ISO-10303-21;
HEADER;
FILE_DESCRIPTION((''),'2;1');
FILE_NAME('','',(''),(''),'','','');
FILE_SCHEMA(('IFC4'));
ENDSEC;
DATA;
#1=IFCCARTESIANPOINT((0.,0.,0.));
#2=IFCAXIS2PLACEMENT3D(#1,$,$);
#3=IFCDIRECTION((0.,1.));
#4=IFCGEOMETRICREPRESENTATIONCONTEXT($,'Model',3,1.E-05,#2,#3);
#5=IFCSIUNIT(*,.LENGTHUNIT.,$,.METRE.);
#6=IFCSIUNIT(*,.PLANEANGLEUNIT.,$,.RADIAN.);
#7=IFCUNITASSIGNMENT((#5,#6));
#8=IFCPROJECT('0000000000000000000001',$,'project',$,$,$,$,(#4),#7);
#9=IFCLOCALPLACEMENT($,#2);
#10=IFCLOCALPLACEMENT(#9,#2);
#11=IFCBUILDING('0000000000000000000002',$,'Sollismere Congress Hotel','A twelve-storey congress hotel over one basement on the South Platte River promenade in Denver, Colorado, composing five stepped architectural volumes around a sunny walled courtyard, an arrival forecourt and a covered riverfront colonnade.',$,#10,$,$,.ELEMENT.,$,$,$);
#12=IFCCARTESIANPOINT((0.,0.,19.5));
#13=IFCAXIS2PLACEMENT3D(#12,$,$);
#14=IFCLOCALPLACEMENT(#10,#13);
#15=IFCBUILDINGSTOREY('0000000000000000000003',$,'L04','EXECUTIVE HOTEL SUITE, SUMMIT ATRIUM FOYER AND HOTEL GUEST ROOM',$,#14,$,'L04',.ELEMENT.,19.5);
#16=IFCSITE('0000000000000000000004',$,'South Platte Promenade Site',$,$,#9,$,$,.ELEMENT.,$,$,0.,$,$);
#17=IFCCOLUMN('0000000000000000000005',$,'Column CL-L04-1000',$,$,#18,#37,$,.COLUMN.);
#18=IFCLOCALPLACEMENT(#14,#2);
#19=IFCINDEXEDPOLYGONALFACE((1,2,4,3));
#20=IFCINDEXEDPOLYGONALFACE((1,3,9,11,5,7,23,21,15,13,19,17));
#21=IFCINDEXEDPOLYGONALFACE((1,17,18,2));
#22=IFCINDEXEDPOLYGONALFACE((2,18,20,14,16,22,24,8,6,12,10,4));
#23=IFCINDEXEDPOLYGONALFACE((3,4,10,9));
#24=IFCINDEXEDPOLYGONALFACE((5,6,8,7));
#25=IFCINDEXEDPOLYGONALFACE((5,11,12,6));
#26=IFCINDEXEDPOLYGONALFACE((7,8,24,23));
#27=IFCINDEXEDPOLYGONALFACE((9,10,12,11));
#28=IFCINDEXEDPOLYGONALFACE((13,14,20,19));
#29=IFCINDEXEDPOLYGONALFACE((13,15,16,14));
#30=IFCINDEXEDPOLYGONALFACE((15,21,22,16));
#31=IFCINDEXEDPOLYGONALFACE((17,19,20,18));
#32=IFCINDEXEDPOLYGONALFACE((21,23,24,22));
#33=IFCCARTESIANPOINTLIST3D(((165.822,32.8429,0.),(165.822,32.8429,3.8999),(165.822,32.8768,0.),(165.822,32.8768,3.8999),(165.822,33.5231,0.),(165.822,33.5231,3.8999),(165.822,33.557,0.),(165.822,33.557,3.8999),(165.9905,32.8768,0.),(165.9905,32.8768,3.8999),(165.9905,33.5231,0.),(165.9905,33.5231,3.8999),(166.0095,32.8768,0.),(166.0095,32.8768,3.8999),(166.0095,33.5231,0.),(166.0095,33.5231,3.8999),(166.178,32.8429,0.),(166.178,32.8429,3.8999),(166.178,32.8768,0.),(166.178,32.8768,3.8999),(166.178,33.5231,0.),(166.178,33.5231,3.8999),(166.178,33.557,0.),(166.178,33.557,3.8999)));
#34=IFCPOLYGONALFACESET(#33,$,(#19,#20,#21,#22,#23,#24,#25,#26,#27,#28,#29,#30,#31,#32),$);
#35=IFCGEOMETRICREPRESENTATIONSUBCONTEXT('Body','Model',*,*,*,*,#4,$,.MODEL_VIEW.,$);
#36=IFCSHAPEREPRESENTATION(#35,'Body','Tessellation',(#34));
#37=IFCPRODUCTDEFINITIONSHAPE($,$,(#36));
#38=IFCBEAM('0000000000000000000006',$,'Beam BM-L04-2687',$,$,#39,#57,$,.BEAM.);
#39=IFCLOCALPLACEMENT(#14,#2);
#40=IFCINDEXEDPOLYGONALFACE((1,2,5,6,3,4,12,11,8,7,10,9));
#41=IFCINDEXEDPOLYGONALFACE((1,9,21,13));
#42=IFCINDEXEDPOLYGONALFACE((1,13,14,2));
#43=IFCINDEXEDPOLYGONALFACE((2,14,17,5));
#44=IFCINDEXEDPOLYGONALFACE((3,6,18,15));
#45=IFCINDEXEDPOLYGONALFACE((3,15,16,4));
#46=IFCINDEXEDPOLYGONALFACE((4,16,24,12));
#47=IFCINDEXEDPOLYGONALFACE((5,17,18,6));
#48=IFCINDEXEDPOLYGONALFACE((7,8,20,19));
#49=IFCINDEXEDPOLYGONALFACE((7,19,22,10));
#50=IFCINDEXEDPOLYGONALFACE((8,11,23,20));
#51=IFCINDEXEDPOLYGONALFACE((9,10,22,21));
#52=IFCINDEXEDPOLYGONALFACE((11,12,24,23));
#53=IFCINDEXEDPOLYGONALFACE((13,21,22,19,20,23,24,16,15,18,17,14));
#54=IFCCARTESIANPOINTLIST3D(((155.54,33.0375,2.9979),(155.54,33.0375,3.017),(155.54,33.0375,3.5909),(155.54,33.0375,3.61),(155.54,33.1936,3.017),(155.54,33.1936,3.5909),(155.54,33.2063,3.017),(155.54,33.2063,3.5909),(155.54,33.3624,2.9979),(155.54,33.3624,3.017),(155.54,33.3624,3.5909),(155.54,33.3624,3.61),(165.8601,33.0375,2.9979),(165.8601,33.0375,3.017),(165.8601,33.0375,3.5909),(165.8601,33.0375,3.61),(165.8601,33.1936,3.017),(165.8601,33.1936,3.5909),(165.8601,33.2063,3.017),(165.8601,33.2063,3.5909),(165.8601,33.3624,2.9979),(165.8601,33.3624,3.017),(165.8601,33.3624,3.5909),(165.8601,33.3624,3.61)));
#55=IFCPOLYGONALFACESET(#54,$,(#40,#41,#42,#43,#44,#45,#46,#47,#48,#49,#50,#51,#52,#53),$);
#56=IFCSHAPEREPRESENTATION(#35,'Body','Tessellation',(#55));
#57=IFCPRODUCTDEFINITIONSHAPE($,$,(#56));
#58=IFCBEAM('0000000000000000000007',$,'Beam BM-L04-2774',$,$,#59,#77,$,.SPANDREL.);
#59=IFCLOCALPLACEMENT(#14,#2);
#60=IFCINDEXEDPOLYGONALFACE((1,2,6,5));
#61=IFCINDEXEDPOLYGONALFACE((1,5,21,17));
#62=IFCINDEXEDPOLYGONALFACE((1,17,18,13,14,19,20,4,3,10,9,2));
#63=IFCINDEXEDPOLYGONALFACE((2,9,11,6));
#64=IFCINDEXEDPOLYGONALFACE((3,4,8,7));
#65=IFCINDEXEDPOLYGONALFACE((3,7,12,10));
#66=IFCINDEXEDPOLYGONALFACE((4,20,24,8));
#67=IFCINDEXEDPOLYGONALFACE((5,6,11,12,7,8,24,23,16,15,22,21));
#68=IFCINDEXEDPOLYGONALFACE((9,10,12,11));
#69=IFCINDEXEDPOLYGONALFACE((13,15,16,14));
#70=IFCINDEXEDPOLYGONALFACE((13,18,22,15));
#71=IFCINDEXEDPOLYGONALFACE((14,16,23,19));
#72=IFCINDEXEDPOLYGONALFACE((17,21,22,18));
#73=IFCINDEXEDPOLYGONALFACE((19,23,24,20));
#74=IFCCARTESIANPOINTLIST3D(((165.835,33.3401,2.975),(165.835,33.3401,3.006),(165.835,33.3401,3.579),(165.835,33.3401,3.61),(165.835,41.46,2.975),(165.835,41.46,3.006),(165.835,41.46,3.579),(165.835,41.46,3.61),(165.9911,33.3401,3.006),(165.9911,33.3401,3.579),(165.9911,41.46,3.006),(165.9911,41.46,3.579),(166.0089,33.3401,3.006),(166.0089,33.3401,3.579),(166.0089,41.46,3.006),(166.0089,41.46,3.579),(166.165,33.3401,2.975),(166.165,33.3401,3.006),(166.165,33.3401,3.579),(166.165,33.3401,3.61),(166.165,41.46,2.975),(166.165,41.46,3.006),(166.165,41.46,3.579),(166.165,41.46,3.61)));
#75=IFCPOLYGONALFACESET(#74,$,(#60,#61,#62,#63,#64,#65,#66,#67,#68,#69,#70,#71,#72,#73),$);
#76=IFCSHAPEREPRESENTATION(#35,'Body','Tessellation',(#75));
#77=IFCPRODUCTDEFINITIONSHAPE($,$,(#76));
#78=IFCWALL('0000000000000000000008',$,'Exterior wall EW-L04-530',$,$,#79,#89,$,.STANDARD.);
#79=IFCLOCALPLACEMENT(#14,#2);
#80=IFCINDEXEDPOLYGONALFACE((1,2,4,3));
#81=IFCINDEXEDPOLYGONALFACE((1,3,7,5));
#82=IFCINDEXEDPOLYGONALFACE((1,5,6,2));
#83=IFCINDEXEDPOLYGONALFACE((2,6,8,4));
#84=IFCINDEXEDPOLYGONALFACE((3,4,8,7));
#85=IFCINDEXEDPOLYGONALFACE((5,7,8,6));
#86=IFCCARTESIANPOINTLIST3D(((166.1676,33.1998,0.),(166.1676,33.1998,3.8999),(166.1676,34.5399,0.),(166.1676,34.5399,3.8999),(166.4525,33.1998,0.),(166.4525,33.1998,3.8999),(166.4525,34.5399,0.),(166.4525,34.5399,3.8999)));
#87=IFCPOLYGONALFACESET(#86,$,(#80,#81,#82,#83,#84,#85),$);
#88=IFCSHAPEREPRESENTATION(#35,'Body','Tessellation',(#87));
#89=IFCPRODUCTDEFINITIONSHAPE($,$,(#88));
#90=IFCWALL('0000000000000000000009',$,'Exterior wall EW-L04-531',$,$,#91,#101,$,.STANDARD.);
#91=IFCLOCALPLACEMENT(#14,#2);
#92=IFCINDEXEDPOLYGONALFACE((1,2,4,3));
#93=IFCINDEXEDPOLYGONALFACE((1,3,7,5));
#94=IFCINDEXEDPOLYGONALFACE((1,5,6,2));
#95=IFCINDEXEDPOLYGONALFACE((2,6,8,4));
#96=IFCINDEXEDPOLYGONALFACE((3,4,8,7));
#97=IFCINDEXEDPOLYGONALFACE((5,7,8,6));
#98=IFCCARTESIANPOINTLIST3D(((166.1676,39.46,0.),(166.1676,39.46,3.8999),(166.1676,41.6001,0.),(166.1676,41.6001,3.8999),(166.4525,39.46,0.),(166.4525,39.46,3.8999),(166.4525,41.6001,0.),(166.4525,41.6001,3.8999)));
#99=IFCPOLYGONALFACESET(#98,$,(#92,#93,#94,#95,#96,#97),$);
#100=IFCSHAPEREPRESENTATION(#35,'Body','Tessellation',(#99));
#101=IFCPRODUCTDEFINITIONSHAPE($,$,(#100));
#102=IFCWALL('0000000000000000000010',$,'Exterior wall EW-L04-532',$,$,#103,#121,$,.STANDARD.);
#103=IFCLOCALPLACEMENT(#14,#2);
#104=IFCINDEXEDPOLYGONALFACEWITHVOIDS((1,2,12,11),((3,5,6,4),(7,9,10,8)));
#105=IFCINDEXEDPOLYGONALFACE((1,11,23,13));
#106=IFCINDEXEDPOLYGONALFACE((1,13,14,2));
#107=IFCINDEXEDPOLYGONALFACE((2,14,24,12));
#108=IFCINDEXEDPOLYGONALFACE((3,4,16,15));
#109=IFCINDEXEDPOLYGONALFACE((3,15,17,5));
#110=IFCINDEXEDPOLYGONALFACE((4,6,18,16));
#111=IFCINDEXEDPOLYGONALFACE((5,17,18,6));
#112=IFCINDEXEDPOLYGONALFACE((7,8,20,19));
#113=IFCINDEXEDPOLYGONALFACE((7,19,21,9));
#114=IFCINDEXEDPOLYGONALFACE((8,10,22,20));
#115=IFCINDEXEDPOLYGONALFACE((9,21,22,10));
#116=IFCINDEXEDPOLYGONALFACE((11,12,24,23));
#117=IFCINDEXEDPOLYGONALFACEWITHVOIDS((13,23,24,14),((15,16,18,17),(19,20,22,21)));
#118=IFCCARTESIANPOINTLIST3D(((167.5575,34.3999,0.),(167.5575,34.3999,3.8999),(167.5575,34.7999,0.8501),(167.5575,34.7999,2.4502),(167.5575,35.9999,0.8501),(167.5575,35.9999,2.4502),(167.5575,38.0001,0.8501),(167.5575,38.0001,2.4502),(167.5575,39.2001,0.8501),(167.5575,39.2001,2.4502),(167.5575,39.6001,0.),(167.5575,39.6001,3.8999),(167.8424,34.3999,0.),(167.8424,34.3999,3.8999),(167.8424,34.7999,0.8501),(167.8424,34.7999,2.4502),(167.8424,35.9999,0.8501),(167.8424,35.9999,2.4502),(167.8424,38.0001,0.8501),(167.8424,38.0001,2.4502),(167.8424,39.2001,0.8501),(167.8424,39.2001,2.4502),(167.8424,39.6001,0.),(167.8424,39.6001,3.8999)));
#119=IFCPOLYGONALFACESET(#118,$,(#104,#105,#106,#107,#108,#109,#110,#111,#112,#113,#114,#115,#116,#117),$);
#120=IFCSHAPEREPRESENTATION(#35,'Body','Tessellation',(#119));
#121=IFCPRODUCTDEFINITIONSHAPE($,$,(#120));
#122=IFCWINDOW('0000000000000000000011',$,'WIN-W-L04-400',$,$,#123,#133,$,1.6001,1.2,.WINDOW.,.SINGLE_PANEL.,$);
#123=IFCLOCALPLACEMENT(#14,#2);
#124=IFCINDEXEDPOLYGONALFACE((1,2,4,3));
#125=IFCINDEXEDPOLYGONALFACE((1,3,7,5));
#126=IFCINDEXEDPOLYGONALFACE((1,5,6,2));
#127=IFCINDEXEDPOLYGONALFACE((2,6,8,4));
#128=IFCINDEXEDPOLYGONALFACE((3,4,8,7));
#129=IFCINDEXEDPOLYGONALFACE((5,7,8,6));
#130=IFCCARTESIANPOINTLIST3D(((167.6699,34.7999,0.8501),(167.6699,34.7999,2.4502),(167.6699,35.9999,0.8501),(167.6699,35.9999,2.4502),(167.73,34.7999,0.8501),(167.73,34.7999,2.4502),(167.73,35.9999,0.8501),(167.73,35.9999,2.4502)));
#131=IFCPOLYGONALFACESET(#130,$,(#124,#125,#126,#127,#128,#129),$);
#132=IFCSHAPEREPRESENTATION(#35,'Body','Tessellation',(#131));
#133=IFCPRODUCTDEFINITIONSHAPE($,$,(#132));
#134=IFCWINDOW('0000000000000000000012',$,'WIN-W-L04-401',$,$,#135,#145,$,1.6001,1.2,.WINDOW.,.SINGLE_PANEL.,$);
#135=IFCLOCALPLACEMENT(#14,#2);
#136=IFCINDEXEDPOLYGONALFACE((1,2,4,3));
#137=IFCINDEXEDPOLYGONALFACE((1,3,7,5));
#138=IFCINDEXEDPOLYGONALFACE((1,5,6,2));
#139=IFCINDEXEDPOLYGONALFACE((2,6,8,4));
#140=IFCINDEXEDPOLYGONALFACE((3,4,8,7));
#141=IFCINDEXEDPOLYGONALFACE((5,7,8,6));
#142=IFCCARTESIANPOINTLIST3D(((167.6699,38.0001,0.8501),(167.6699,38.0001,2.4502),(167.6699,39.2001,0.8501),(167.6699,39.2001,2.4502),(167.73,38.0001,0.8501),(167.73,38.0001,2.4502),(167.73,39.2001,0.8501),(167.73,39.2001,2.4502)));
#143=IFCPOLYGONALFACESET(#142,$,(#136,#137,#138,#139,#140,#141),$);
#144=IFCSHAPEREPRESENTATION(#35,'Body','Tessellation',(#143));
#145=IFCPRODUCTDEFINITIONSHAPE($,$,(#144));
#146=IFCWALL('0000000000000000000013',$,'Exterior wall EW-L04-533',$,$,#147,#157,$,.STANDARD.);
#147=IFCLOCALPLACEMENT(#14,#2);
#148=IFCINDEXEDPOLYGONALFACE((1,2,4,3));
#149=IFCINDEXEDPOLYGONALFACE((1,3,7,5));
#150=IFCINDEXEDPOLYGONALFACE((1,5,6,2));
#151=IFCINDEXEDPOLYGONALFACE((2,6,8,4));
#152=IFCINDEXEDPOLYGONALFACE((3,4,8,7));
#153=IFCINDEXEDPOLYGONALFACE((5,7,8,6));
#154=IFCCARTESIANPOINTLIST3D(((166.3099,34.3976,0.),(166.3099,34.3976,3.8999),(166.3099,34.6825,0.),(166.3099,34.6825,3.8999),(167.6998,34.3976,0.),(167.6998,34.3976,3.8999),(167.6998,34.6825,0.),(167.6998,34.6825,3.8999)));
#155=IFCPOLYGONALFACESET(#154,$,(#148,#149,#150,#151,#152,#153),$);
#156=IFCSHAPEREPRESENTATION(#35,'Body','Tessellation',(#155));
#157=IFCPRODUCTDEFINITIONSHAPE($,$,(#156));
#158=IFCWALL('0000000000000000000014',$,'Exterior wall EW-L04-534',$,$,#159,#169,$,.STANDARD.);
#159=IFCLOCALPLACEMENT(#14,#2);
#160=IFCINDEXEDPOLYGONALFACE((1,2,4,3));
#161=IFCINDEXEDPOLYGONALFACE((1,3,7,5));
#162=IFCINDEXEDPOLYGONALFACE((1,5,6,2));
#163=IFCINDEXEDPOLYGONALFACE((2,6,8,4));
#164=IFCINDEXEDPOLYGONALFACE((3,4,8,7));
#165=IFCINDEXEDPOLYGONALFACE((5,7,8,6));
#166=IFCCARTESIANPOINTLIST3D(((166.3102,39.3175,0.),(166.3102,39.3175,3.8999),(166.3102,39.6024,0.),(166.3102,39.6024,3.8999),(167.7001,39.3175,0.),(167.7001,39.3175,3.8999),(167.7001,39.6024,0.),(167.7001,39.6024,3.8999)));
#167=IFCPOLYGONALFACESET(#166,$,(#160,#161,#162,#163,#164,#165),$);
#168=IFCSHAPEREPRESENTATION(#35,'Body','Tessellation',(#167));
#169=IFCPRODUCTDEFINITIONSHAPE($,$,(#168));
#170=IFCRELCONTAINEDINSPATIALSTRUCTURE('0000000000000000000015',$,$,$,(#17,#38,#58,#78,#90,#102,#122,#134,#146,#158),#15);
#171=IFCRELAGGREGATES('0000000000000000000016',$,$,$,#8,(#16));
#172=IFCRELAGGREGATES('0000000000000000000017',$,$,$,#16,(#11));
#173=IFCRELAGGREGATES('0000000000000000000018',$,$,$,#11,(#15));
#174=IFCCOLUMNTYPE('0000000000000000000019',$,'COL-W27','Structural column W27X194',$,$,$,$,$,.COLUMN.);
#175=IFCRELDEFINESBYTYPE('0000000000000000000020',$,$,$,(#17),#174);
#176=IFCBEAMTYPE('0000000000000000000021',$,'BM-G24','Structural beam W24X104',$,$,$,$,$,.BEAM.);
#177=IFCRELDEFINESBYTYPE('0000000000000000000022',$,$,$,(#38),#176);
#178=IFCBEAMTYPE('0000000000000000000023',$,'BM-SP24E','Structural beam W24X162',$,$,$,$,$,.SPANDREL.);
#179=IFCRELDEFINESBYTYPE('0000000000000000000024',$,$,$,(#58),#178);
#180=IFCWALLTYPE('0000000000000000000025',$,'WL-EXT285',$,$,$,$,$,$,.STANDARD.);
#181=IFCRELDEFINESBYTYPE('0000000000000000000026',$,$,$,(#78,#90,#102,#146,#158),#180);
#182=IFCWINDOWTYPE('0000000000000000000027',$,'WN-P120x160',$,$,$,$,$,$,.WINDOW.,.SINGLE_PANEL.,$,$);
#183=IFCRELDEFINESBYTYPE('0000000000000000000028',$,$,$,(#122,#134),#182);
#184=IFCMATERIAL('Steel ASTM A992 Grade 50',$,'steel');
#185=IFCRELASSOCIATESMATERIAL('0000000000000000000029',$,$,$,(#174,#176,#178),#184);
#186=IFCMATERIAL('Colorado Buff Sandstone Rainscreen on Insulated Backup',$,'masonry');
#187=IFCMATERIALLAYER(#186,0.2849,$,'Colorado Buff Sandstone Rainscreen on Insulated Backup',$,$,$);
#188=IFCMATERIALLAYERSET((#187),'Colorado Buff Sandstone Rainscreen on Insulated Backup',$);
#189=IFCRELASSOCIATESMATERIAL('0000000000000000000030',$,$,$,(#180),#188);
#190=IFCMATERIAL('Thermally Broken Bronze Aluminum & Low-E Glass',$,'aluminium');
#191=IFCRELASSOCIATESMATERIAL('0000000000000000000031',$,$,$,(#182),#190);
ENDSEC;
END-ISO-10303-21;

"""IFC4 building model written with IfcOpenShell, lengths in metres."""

from ifc_helpers import new_model, si_unit, direction, frame, frame_2d, origin, origin_2d, place, context, subcontext, project, spatial, rectangle, i_section, extrude, material, layer, layer_set, material_profile, profile_set, type_object, element, fill, save


model = new_model("IFC4")

# Units and contexts
model_context = context("Model", 3, precision=1e-05, world=origin(), true_north=direction((0.0, 1.0)))
body_context = subcontext(model_context, "Body", "Model", "MODEL_VIEW")
ifc_project = project(units=[si_unit("LENGTHUNIT", "METRE"), si_unit("PLANEANGLEUNIT", "RADIAN")], contexts=[model_context])

# Site, building, storey
site_placement = place(None, origin())
site = spatial("IfcSite", under=ifc_project, at=site_placement, Name="South Platte Promenade Site", CompositionType="ELEMENT", RefElevation=0.0)
building_placement = place(site_placement, origin())
building = spatial("IfcBuilding", under=site, at=building_placement, Name="Sollismere Congress Hotel", Description="A twelve-storey congress hotel over one basement on the South Platte River promenade in Denver, Colorado, composing five stepped architectural volumes around a sunny walled courtyard, an arrival forecourt and a covered riverfront colonnade.", CompositionType="ELEMENT")
storey_placement = place(building_placement, frame((0.0, 0.0, 19.5)))
storey = spatial("IfcBuildingStorey", under=building, at=storey_placement, Name="L04", Description="EXECUTIVE HOTEL SUITE, SUMMIT ATRIUM FOYER AND HOTEL GUEST ROOM", LongName="L04", CompositionType="ELEMENT", Elevation=19.5)

# Column
ifc_material_1 = material(Name="Steel ASTM A992 Grade 50", Category="steel")
ifc_material_profile_1 = material_profile(ifc_material_1, i_section(OverallWidth=0.356, OverallDepth=0.7141, WebThickness=0.019, FlangeThickness=0.0339, at=origin_2d()), Name="W27X194")
ifc_profile_set_1 = profile_set([ifc_material_profile_1], Name="Steel ASTM A992 Grade 50")
column_type = type_object("IfcColumnType", Name="COL-W27", Description="Structural column W27X194", PredefinedType="COLUMN", material=ifc_profile_set_1)
column_placement = place(storey_placement, frame((166.0, 33.2, 0.0), z_axis=(0.0, 0.0, 1.0), x_axis=(1.0, 0.0, 0.0)))
element("IfcColumn", 1, at=column_placement, inside=storey, type_object=column_type, Name="Column CL-L04-1000", PredefinedType="COLUMN", context=body_context, shape_type="SweptSolid", body=[
    extrude(i_section(OverallWidth=0.356, OverallDepth=0.7141, WebThickness=0.019, FlangeThickness=0.0339, at=origin_2d()), origin(), (0.0, 0.0, 1.0), 3.8999),
])

# Beams
ifc_material_profile_2 = material_profile(ifc_material_1, i_section(OverallWidth=0.325, OverallDepth=0.6121, WebThickness=0.0127, FlangeThickness=0.019, at=origin_2d()), Name="W24X104")
ifc_profile_set_2 = profile_set([ifc_material_profile_2], Name="Steel ASTM A992 Grade 50")
beam_type_1 = type_object("IfcBeamType", Name="BM-G24", Description="Structural beam W24X104", PredefinedType="BEAM", material=ifc_profile_set_2)
beam_1_placement = place(storey_placement, frame((155.54, 33.2, 3.304), z_axis=(1.0, 0.0, 0.0), x_axis=(0.0, 1.0, 0.0)))
element("IfcBeam", 2, at=beam_1_placement, inside=storey, type_object=beam_type_1, Name="Beam BM-L04-2687", PredefinedType="BEAM", context=body_context, shape_type="SweptSolid", body=[
    extrude(i_section(OverallWidth=0.325, OverallDepth=0.6121, WebThickness=0.0127, FlangeThickness=0.019, at=origin_2d()), origin(), (0.0, 0.0, 1.0), 10.3201),
])
ifc_material_profile_3 = material_profile(ifc_material_1, i_section(OverallWidth=0.3301, OverallDepth=0.635, WebThickness=0.0178, FlangeThickness=0.031, at=origin_2d()), Name="W24X162")
ifc_profile_set_3 = profile_set([ifc_material_profile_3], Name="Steel ASTM A992 Grade 50")
beam_type_2 = type_object("IfcBeamType", Name="BM-SP24E", Description="Structural beam W24X162", PredefinedType="SPANDREL", material=ifc_profile_set_3)
beam_2_placement = place(storey_placement, frame((166.0, 33.3401, 3.2925), z_axis=(0.0, 1.0, 0.0), x_axis=(-1.0, 0.0, 0.0)))
element("IfcBeam", 3, at=beam_2_placement, inside=storey, type_object=beam_type_2, Name="Beam BM-L04-2774", PredefinedType="SPANDREL", context=body_context, shape_type="SweptSolid", body=[
    extrude(i_section(OverallWidth=0.3301, OverallDepth=0.635, WebThickness=0.0178, FlangeThickness=0.031, at=origin_2d()), origin(), (0.0, 0.0, 1.0), 8.1199),
])

# Walls
ifc_material_2 = material(Name="Colorado Buff Sandstone Rainscreen on Insulated Backup", Category="masonry")
ifc_layer_1 = layer(ifc_material_2, 0.2849, Name="Colorado Buff Sandstone Rainscreen on Insulated Backup")
ifc_layer_set_1 = layer_set([ifc_layer_1], Name="Colorado Buff Sandstone Rainscreen on Insulated Backup")
wall_type_1 = type_object("IfcWallType", Name="WL-EXT285", PredefinedType="STANDARD", material=ifc_layer_set_1)
wall_1_placement = place(storey_placement, frame((166.3101, 33.2, 0.0), z_axis=(0.0, 0.0, 1.0), x_axis=(0.0, 1.0, 0.0)))
element("IfcWall", 4, at=wall_1_placement, inside=storey, type_object=wall_type_1, Name="Exterior wall EW-L04-530", PredefinedType="STANDARD", context=body_context, shape_type="SweptSolid", body=[
    extrude(rectangle(XDim=1.3401, YDim=0.2849, at=frame_2d((0.6699, 0.0))), origin(), (0.0, 0.0, 1.0), 3.8999),
])
wall_2_placement = place(storey_placement, frame((166.3101, 39.46, 0.0), z_axis=(0.0, 0.0, 1.0), x_axis=(0.0, 1.0, 0.0)))
element("IfcWall", 5, at=wall_2_placement, inside=storey, type_object=wall_type_1, Name="Exterior wall EW-L04-531", PredefinedType="STANDARD", context=body_context, shape_type="SweptSolid", body=[
    extrude(rectangle(XDim=2.1401, YDim=0.2849, at=frame_2d((1.0701, 0.0))), origin(), (0.0, 0.0, 1.0), 3.8999),
])

# Wall, openings, windows
wall_3_placement = place(storey_placement, frame((167.7, 34.3999, 0.0), z_axis=(0.0, 0.0, 1.0), x_axis=(0.0, 1.0, 0.0)))
wall_3 = element("IfcWall", 6, at=wall_3_placement, inside=storey, type_object=wall_type_1, Name="Exterior wall EW-L04-532", PredefinedType="STANDARD", context=body_context, shape_type="SweptSolid", body=[
    extrude(rectangle(XDim=5.2002, YDim=0.2849, at=frame_2d((2.6001, 0.0))), origin(), (0.0, 0.0, 1.0), 3.8999),
])
opening_1_placement = place(wall_3_placement, frame((0.3999, 0.0, 0.8501)))
opening_1 = element("IfcOpeningElement", 7, at=opening_1_placement, cuts=wall_3, PredefinedType="OPENING", context=body_context, shape_type="SweptSolid", body=[
    extrude(rectangle(XDim=1.2, YDim=1.6001, at=frame_2d((0.6001, 0.8))), frame((0.0, 0.1523, 0.0), z_axis=(0.0, -1.0, 0.0), x_axis=(1.0, 0.0, 0.0)), (0.0, 0.0, 1.0), 0.3049),
])
opening_2_placement = place(wall_3_placement, frame((3.6001, 0.0, 0.8501)))
opening_2 = element("IfcOpeningElement", 8, at=opening_2_placement, cuts=wall_3, PredefinedType="OPENING", context=body_context, shape_type="SweptSolid", body=[
    extrude(rectangle(XDim=1.2, YDim=1.6001, at=frame_2d((0.6001, 0.8))), frame((0.0, 0.1523, 0.0), z_axis=(0.0, -1.0, 0.0), x_axis=(1.0, 0.0, 0.0)), (0.0, 0.0, 1.0), 0.3049),
])
ifc_material_3 = material(Name="Thermally Broken Bronze Aluminum & Low-E Glass", Category="aluminium")
window_type = type_object("IfcWindowType", Name="WN-P120x160", PartitioningType="SINGLE_PANEL", PredefinedType="WINDOW", material=ifc_material_3)
window_1_placement = place(opening_1_placement, origin())
window_1 = element("IfcWindow", 9, at=window_1_placement, inside=storey, type_object=window_type, Name="WIN-W-L04-400", OverallHeight=1.6001, OverallWidth=1.2, PartitioningType="SINGLE_PANEL", PredefinedType="WINDOW", context=body_context, shape_type="SweptSolid", body=[
    extrude(rectangle(XDim=1.2, YDim=1.6001, at=frame_2d((0.6001, 0.8))), frame((0.0, 0.03, 0.0), z_axis=(0.0, -1.0, 0.0), x_axis=(1.0, 0.0, 0.0)), (0.0, 0.0, 1.0), 0.0601),
])
fill(opening_1, window_1)
window_2_placement = place(opening_2_placement, origin())
window_2 = element("IfcWindow", 10, at=window_2_placement, inside=storey, type_object=window_type, Name="WIN-W-L04-401", OverallHeight=1.6001, OverallWidth=1.2, PartitioningType="SINGLE_PANEL", PredefinedType="WINDOW", context=body_context, shape_type="SweptSolid", body=[
    extrude(rectangle(XDim=1.2, YDim=1.6001, at=frame_2d((0.6001, 0.8))), frame((0.0, 0.03, 0.0), z_axis=(0.0, -1.0, 0.0), x_axis=(1.0, 0.0, 0.0)), (0.0, 0.0, 1.0), 0.0601),
])
fill(opening_2, window_2)

# Walls
for number, where, z_axis, x_axis, name in (
    (11, (166.3101, 34.54, 0.0), (0.0, 0.0, 1.0), (1.0, 0.0, 0.0), "Exterior wall EW-L04-533"),
    (12, (167.7, 39.46, 0.0), (0.0, 0.0, 1.0), (-1.0, 0.0, 0.0), "Exterior wall EW-L04-534"),
):
    element("IfcWall", number, at=place(storey_placement, frame(where, z_axis=z_axis, x_axis=x_axis)), inside=storey, type_object=wall_type_1, Name=name, PredefinedType="STANDARD", context=body_context, shape_type="SweptSolid", body=[
        extrude(rectangle(XDim=1.3899, YDim=0.2849, at=frame_2d((0.6948, 0.0))), origin(), (0.0, 0.0, 1.0), 3.8999),
    ])

save(model, "model.ifc")
